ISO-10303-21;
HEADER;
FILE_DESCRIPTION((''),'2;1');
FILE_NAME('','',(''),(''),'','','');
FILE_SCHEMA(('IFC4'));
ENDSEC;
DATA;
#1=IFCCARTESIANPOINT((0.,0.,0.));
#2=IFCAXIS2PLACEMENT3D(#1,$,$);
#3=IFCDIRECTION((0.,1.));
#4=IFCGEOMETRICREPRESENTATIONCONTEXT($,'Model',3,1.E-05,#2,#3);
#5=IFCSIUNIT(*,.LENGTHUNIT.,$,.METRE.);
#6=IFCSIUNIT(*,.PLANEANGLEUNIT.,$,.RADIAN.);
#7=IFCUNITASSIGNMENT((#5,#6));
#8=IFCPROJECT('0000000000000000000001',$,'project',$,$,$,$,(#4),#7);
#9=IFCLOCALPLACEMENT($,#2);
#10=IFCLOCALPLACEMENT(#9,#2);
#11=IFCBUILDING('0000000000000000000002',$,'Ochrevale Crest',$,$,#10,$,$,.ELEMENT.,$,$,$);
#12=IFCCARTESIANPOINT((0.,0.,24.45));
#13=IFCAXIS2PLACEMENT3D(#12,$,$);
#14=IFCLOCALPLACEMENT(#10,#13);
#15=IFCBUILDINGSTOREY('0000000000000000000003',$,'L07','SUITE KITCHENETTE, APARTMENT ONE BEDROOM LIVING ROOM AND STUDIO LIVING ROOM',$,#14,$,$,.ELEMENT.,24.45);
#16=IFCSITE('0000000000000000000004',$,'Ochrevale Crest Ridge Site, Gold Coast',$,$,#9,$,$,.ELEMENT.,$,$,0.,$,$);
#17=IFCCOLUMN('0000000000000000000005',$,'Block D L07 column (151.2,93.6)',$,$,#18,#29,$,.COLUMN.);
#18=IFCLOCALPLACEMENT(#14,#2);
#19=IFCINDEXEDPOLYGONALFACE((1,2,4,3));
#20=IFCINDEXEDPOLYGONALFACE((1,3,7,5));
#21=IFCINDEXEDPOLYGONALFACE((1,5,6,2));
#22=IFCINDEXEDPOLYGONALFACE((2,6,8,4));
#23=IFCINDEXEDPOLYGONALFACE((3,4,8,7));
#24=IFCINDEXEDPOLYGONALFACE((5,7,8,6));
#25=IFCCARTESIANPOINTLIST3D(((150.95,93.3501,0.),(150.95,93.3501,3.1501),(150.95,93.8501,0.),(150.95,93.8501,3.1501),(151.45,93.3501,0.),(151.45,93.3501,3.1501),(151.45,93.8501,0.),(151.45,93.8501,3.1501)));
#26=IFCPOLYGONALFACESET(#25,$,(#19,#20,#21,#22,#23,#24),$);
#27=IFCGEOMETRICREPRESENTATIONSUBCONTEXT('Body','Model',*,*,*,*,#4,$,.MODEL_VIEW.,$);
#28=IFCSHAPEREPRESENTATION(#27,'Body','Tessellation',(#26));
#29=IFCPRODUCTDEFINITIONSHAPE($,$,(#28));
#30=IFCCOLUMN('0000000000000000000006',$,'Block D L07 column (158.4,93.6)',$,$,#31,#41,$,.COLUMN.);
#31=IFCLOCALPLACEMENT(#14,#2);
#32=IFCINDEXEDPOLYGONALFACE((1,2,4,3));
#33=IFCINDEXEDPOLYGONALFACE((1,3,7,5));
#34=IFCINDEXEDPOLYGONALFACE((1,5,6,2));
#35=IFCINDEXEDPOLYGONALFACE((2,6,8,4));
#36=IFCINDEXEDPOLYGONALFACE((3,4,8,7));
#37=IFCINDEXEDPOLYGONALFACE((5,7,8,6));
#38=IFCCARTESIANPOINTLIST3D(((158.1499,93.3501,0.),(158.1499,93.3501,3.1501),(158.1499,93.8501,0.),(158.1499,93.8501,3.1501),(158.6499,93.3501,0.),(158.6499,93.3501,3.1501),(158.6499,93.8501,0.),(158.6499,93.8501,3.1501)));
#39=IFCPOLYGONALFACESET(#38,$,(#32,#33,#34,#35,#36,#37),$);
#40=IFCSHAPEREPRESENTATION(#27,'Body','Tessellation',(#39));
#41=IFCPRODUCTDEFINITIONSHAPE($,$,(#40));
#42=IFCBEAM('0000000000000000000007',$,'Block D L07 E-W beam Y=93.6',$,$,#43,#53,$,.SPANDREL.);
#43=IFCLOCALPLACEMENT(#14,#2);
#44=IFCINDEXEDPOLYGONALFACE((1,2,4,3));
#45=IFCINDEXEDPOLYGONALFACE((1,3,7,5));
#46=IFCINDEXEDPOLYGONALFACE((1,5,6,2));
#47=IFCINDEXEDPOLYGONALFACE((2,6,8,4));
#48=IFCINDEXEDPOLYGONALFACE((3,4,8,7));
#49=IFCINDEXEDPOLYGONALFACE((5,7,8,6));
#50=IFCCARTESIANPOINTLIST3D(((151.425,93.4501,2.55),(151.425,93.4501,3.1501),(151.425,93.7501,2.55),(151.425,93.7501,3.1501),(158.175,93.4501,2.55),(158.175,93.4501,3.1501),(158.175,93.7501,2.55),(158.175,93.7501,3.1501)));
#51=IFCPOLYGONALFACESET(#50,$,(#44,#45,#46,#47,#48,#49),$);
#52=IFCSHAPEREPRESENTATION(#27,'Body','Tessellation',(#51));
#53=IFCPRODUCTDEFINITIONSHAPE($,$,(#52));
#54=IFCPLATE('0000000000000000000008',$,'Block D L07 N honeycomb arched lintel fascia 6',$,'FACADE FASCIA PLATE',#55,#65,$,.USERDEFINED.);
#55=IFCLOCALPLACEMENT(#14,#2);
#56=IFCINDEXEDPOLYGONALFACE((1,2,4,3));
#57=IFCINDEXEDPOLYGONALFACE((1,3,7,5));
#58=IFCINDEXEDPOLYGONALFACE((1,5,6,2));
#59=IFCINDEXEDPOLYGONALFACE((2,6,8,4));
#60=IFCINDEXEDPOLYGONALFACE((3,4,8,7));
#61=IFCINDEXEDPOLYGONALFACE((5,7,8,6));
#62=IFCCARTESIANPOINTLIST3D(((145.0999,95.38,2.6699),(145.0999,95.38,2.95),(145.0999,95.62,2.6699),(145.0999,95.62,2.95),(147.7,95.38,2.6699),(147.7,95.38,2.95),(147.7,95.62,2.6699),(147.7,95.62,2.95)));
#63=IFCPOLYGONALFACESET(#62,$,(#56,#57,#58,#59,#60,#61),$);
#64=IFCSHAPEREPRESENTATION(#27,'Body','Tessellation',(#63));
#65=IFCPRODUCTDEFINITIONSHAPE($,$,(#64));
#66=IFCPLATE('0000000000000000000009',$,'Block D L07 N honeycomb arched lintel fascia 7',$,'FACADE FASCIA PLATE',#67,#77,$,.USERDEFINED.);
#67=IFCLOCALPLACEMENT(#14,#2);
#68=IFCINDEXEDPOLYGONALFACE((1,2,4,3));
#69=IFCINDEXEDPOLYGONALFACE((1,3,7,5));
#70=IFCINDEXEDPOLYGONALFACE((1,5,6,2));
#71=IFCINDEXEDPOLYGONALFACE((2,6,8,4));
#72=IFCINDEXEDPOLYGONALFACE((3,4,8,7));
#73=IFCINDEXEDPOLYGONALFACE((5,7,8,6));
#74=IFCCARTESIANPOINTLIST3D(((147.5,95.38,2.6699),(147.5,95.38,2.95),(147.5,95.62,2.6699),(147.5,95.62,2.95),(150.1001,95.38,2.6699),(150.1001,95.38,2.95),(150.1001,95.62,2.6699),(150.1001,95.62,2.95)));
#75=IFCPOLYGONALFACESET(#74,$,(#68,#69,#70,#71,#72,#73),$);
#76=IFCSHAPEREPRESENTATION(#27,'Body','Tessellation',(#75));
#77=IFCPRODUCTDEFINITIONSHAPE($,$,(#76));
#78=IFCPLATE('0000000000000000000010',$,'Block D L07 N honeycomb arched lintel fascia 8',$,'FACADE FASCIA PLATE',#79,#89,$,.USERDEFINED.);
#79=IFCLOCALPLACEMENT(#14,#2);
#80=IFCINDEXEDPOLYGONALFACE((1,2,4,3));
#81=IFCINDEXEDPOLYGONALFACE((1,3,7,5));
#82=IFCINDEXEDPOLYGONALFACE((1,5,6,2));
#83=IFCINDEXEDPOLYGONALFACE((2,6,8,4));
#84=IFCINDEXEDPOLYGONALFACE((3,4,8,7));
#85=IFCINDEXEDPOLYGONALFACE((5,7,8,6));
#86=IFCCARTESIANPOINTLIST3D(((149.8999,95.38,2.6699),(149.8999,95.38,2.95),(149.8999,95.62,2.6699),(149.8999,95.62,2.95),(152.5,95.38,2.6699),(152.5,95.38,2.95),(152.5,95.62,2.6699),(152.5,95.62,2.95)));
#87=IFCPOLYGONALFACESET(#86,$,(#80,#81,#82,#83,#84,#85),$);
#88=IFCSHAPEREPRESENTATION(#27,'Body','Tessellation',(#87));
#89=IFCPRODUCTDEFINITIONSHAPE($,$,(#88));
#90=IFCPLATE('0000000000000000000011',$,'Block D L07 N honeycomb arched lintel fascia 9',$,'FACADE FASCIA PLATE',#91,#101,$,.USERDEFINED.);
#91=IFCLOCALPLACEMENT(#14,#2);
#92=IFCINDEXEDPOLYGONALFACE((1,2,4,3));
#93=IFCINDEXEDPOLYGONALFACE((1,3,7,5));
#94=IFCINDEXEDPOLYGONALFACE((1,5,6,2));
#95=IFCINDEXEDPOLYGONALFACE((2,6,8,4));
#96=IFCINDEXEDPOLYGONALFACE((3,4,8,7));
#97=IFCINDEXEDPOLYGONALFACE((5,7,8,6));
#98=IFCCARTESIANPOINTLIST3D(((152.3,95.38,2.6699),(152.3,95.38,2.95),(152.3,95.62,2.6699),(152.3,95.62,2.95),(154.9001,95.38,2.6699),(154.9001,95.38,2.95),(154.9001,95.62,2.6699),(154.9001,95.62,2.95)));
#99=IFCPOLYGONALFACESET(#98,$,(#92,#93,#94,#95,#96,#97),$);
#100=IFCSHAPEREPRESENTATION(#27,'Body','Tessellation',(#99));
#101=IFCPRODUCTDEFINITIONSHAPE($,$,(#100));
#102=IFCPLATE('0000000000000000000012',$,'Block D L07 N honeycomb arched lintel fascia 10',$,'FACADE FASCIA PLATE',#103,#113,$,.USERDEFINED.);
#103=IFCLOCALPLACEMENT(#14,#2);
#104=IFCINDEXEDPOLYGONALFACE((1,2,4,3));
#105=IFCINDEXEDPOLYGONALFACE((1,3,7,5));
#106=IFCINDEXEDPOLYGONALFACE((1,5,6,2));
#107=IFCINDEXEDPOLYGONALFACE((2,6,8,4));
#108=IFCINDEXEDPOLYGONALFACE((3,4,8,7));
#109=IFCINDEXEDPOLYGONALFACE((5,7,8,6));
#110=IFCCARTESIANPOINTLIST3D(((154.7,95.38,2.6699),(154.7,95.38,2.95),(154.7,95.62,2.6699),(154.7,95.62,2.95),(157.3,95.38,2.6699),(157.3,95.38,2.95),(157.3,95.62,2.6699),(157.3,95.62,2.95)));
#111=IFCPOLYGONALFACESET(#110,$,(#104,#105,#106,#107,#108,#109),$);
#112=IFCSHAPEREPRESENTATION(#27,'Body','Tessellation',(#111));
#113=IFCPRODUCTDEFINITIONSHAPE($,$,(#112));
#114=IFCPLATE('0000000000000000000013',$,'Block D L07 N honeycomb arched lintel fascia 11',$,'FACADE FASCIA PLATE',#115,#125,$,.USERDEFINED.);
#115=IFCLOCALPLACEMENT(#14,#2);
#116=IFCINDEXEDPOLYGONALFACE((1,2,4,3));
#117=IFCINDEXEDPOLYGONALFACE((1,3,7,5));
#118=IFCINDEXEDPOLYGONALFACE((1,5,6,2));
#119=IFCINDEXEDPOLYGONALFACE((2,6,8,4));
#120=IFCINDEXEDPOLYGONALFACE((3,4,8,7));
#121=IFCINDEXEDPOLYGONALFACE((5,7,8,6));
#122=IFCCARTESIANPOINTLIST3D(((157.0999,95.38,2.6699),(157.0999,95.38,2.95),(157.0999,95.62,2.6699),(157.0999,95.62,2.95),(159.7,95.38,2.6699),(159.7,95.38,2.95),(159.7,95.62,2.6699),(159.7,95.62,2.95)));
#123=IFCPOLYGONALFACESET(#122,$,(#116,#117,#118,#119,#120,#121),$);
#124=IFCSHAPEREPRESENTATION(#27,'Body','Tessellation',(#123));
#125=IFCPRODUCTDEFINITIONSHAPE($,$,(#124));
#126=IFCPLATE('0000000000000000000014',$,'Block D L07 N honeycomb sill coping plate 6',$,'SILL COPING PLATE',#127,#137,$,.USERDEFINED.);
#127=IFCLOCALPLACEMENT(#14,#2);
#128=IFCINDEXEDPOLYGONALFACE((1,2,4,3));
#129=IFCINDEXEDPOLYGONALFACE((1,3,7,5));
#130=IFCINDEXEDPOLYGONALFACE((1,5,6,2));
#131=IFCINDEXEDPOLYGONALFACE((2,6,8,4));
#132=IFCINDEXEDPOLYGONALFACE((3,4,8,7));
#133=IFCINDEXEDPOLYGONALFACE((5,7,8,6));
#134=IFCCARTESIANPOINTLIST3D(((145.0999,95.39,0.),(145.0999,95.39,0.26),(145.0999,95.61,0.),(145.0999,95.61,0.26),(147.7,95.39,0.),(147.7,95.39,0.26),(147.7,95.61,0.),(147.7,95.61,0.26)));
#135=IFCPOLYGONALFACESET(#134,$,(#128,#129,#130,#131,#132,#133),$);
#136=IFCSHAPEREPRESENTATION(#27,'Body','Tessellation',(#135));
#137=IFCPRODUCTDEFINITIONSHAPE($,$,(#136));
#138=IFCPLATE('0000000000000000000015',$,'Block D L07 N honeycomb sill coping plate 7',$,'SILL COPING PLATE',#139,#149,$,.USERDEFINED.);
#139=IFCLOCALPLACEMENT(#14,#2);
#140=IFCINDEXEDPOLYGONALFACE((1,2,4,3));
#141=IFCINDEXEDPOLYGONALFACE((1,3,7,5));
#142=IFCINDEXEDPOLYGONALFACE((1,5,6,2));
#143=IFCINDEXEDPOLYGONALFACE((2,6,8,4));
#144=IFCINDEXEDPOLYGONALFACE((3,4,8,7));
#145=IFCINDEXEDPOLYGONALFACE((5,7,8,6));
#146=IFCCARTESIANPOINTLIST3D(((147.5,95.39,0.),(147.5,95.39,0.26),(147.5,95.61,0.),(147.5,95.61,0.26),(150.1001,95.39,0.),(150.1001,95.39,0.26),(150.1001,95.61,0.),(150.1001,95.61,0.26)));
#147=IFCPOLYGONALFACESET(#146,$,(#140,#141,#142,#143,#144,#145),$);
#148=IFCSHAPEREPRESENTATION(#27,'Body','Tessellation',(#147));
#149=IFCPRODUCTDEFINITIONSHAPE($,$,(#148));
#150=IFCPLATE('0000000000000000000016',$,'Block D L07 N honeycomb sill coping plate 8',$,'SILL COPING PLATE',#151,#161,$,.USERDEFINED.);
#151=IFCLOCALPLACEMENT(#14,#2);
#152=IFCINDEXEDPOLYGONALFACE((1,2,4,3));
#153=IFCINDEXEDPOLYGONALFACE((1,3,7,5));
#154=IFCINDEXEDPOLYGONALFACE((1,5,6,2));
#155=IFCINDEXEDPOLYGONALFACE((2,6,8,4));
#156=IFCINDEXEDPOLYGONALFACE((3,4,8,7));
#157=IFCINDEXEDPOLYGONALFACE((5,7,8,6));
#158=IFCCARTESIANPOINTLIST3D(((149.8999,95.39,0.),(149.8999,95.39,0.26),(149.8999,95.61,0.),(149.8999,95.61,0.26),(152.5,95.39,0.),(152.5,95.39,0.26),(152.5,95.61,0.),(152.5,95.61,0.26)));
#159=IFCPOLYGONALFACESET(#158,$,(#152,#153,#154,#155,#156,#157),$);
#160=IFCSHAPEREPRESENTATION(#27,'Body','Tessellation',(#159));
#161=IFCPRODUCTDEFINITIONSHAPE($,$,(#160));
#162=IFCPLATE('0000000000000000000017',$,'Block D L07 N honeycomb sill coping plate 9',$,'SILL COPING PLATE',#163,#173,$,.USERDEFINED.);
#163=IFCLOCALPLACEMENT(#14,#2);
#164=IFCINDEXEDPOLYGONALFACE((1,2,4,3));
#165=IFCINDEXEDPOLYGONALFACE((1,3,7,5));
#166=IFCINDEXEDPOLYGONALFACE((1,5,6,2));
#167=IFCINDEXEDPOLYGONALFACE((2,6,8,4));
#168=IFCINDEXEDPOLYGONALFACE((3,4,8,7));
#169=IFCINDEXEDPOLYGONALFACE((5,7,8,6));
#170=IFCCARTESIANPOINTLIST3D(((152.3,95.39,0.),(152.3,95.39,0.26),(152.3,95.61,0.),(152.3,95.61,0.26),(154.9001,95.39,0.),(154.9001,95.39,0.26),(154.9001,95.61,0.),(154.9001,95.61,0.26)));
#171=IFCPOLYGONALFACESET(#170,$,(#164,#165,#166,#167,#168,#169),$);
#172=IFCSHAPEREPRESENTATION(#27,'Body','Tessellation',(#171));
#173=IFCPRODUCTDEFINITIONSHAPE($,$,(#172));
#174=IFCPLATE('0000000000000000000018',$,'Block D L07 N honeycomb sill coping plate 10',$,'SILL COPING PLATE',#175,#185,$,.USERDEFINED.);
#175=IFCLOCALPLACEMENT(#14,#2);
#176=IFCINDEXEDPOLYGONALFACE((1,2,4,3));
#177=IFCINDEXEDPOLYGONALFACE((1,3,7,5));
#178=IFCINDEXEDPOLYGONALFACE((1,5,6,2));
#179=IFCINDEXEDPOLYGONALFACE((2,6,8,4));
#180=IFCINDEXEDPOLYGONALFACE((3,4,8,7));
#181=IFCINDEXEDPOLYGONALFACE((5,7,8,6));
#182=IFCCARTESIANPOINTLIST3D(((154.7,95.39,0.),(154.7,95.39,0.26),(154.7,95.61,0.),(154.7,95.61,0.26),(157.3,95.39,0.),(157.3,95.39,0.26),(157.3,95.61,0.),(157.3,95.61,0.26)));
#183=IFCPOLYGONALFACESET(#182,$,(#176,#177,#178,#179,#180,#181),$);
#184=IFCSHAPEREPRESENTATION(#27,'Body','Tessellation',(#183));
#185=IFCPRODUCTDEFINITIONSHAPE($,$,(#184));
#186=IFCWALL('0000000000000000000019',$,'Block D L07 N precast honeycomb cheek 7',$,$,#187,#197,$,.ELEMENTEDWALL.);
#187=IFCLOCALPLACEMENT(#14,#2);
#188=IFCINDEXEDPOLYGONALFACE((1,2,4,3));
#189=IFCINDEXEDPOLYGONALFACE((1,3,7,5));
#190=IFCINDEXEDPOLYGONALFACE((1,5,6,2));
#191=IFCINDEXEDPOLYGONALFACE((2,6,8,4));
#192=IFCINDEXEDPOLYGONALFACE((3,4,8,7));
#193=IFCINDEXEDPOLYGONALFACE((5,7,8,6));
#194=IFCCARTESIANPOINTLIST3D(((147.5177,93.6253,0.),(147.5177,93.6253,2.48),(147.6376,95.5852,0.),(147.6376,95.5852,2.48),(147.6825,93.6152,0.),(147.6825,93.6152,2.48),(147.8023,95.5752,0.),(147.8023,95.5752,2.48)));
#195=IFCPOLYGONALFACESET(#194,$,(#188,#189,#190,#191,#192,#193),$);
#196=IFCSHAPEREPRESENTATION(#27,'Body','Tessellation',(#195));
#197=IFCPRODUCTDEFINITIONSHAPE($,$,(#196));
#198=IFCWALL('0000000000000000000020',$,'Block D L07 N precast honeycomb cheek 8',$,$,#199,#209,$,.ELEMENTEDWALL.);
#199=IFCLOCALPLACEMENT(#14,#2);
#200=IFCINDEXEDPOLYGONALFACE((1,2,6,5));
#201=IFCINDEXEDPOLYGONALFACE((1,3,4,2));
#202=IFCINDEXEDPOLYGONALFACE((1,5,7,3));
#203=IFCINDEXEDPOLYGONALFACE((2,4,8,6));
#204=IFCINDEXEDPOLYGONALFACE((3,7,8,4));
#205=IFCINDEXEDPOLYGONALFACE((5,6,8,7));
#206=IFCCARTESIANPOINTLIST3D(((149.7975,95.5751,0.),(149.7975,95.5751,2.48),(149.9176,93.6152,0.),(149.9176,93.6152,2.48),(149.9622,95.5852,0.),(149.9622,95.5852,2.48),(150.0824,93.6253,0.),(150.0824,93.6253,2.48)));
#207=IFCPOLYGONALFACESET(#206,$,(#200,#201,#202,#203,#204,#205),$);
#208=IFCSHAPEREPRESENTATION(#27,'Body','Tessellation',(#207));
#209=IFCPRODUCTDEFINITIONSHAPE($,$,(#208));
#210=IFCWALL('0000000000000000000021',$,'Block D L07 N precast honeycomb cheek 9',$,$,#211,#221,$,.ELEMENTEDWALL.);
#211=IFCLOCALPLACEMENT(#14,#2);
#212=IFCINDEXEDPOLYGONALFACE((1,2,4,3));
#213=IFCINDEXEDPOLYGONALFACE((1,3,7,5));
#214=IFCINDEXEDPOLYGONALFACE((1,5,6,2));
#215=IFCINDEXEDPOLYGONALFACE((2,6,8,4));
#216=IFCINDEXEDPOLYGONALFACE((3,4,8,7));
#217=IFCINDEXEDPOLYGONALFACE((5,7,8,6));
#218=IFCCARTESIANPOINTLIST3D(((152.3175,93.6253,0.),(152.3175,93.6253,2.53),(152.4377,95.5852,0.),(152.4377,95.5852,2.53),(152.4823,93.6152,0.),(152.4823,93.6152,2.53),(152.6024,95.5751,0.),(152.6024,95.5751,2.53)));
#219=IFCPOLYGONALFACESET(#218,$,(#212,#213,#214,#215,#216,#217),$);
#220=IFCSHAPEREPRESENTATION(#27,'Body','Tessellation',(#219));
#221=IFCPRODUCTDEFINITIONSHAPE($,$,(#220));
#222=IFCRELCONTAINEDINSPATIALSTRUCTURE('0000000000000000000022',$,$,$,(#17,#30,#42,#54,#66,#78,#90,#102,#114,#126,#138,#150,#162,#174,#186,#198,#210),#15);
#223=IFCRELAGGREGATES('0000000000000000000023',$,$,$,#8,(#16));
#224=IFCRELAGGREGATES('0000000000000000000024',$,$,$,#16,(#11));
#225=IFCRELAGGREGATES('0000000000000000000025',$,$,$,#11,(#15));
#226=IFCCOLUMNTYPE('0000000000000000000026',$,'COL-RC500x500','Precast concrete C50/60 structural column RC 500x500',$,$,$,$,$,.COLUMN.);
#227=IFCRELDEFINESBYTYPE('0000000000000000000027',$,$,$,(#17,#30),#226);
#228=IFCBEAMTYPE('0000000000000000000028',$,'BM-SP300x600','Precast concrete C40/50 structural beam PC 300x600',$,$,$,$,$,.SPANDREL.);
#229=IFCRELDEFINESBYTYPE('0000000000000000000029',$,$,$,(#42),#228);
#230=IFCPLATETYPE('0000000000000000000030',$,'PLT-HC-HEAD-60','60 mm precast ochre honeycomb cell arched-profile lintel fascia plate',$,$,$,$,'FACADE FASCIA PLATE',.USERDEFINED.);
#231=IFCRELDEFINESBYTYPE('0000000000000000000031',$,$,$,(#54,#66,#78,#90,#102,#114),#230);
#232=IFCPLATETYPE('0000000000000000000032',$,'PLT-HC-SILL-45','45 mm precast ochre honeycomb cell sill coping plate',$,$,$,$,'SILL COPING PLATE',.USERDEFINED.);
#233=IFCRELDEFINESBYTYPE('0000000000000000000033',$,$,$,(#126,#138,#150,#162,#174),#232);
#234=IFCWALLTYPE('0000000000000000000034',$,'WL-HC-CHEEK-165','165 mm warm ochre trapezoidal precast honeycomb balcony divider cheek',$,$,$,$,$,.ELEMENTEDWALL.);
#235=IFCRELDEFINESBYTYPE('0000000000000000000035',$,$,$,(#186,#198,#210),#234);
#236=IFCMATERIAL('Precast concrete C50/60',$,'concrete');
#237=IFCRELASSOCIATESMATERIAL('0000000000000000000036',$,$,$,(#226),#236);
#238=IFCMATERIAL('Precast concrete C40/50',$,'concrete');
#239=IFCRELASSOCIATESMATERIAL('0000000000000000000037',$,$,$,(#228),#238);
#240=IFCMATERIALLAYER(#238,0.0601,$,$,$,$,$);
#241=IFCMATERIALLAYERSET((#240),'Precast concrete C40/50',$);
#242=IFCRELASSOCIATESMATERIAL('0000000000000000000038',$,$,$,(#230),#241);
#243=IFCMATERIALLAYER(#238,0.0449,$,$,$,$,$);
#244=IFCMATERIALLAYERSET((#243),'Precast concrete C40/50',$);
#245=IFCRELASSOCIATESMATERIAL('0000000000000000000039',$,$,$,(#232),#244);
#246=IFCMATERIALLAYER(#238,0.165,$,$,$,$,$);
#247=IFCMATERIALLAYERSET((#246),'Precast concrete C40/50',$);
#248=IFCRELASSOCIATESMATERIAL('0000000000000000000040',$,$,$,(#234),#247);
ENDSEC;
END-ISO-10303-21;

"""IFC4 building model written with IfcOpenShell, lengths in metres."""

from ifc_helpers import new_model, si_unit, direction, frame, frame_2d, origin, origin_2d, place, context, subcontext, project, spatial, rectangle, extrude, material, layer, layer_set, material_profile, profile_set, type_object, element, save


model = new_model("IFC4")

# Units and contexts
model_context = context("Model", 3, precision=1e-05, world=origin(), true_north=direction((0.0, 1.0)))
body_context = subcontext(model_context, "Body", "Model", "MODEL_VIEW")
ifc_project = project(units=[si_unit("LENGTHUNIT", "METRE"), si_unit("PLANEANGLEUNIT", "RADIAN")], contexts=[model_context])

# Site, building, storey
site_placement = place(None, origin())
site = spatial("IfcSite", under=ifc_project, at=site_placement, Name="Ochrevale Crest Ridge Site, Gold Coast", CompositionType="ELEMENT", RefElevation=0.0)
building_placement = place(site_placement, origin())
building = spatial("IfcBuilding", under=site, at=building_placement, Name="Ochrevale Crest", CompositionType="ELEMENT")
storey_placement = place(building_placement, frame((0.0, 0.0, 24.45)))
storey = spatial("IfcBuildingStorey", under=building, at=storey_placement, Name="L07", Description="SUITE KITCHENETTE, APARTMENT ONE BEDROOM LIVING ROOM AND STUDIO LIVING ROOM", CompositionType="ELEMENT", Elevation=24.45)

# Columns
ifc_material_1 = material(Name="Precast concrete C50/60", Category="concrete")
ifc_material_profile_1 = material_profile(ifc_material_1, rectangle(XDim=0.5, YDim=0.5, at=origin_2d()), Name="RC 500x500")
ifc_profile_set_1 = profile_set([ifc_material_profile_1], Name="Precast concrete C50/60")
column_type = type_object("IfcColumnType", Name="COL-RC500x500", Description="Precast concrete C50/60 structural column RC 500x500", PredefinedType="COLUMN", material=ifc_profile_set_1)
for number, where, z_axis, x_axis, name in (
    (1, (151.2, 93.6001, 0.0), (0.0, 0.0, 1.0), (1.0, 0.0, 0.0), "Block D L07 column (151.2,93.6)"),
    (2, (158.3999, 93.6001, 0.0), (0.0, 0.0, 1.0), (1.0, 0.0, 0.0), "Block D L07 column (158.4,93.6)"),
):
    element("IfcColumn", number, at=place(storey_placement, frame(where, z_axis=z_axis, x_axis=x_axis)), inside=storey, type_object=column_type, Name=name, PredefinedType="COLUMN", context=body_context, shape_type="SweptSolid", body=[
        extrude(rectangle(XDim=0.5, YDim=0.5, at=origin_2d()), origin(), (0.0, 0.0, 1.0), 3.1501),
    ])

# Beam
ifc_material_2 = material(Name="Precast concrete C40/50", Category="concrete")
ifc_material_profile_2 = material_profile(ifc_material_2, rectangle(XDim=0.3, YDim=0.6001, at=origin_2d()), Name="PC 300x600")
ifc_profile_set_2 = profile_set([ifc_material_profile_2], Name="Precast concrete C40/50")
beam_type = type_object("IfcBeamType", Name="BM-SP300x600", Description="Precast concrete C40/50 structural beam PC 300x600", PredefinedType="SPANDREL", material=ifc_profile_set_2)
beam_placement = place(storey_placement, frame((151.425, 93.6001, 2.8501), z_axis=(1.0, 0.0, 0.0), x_axis=(0.0, 1.0, 0.0)))
element("IfcBeam", 3, at=beam_placement, inside=storey, type_object=beam_type, Name="Block D L07 E-W beam Y=93.6", PredefinedType="SPANDREL", context=body_context, shape_type="SweptSolid", body=[
    extrude(rectangle(XDim=0.3, YDim=0.6001, at=origin_2d()), origin(), (0.0, 0.0, 1.0), 6.75),
])

# Plates
ifc_layer_1 = layer(ifc_material_2, 0.0601)
ifc_layer_set_1 = layer_set([ifc_layer_1], Name="Precast concrete C40/50")
plate_type_1 = type_object("IfcPlateType", Name="PLT-HC-HEAD-60", Description="60 mm precast ochre honeycomb cell arched-profile lintel fascia plate", ElementType="FACADE FASCIA PLATE", PredefinedType="USERDEFINED", material=ifc_layer_set_1)
for number, where, z_axis, x_axis, name in (
    (4, (146.3999, 95.5, 2.6699), (0.0, 0.0, 1.0), (1.0, 0.0, 0.0), "Block D L07 N honeycomb arched lintel fascia 6"),
    (5, (148.8, 95.5, 2.6699), (0.0, 0.0, 1.0), (1.0, 0.0, 0.0), "Block D L07 N honeycomb arched lintel fascia 7"),
    (6, (151.2, 95.5, 2.6699), (0.0, 0.0, 1.0), (1.0, 0.0, 0.0), "Block D L07 N honeycomb arched lintel fascia 8"),
    (7, (153.6001, 95.5, 2.6699), (0.0, 0.0, 1.0), (1.0, 0.0, 0.0), "Block D L07 N honeycomb arched lintel fascia 9"),
    (8, (156.0, 95.5, 2.6699), (0.0, 0.0, 1.0), (1.0, 0.0, 0.0), "Block D L07 N honeycomb arched lintel fascia 10"),
    (9, (158.3999, 95.5, 2.6699), (0.0, 0.0, 1.0), (1.0, 0.0, 0.0), "Block D L07 N honeycomb arched lintel fascia 11"),
):
    element("IfcPlate", number, at=place(storey_placement, frame(where, z_axis=z_axis, x_axis=x_axis)), inside=storey, type_object=plate_type_1, Name=name, ObjectType="FACADE FASCIA PLATE", PredefinedType="USERDEFINED", context=body_context, shape_type="SweptSolid", body=[
        extrude(rectangle(XDim=2.6001, YDim=0.24, at=origin_2d()), origin(), (0.0, 0.0, 1.0), 0.28),
    ])
ifc_layer_2 = layer(ifc_material_2, 0.0449)
ifc_layer_set_2 = layer_set([ifc_layer_2], Name="Precast concrete C40/50")
plate_type_2 = type_object("IfcPlateType", Name="PLT-HC-SILL-45", Description="45 mm precast ochre honeycomb cell sill coping plate", ElementType="SILL COPING PLATE", PredefinedType="USERDEFINED", material=ifc_layer_set_2)
for number, where, z_axis, x_axis, name in (
    (10, (146.3999, 95.5, 0.0), (0.0, 0.0, 1.0), (1.0, 0.0, 0.0), "Block D L07 N honeycomb sill coping plate 6"),
    (11, (148.8, 95.5, 0.0), (0.0, 0.0, 1.0), (1.0, 0.0, 0.0), "Block D L07 N honeycomb sill coping plate 7"),
    (12, (151.2, 95.5, 0.0), (0.0, 0.0, 1.0), (1.0, 0.0, 0.0), "Block D L07 N honeycomb sill coping plate 8"),
    (13, (153.6001, 95.5, 0.0), (0.0, 0.0, 1.0), (1.0, 0.0, 0.0), "Block D L07 N honeycomb sill coping plate 9"),
    (14, (156.0, 95.5, 0.0), (0.0, 0.0, 1.0), (1.0, 0.0, 0.0), "Block D L07 N honeycomb sill coping plate 10"),
):
    element("IfcPlate", number, at=place(storey_placement, frame(where, z_axis=z_axis, x_axis=x_axis)), inside=storey, type_object=plate_type_2, Name=name, ObjectType="SILL COPING PLATE", PredefinedType="USERDEFINED", context=body_context, shape_type="SweptSolid", body=[
        extrude(rectangle(XDim=2.6001, YDim=0.22, at=origin_2d()), origin(), (0.0, 0.0, 1.0), 0.26),
    ])

# Walls
ifc_layer_3 = layer(ifc_material_2, 0.165)
ifc_layer_set_3 = layer_set([ifc_layer_3], Name="Precast concrete C40/50")
wall_type_1 = type_object("IfcWallType", Name="WL-HC-CHEEK-165", Description="165 mm warm ochre trapezoidal precast honeycomb balcony divider cheek", PredefinedType="ELEMENTEDWALL", material=ifc_layer_set_3)
for number, where, z_axis, x_axis, name in (
    (15, (147.6001, 93.6201, 0.0), (0.0, 0.0, 1.0), (0.061047, 0.998135, 0.0), "Block D L07 N precast honeycomb cheek 7"),
    (16, (150.0, 93.6201, 0.0), (0.0, 0.0, 1.0), (-0.061171, 0.998127, 0.0), "Block D L07 N precast honeycomb cheek 8"),
):
    element("IfcWall", number, at=place(storey_placement, frame(where, z_axis=z_axis, x_axis=x_axis)), inside=storey, type_object=wall_type_1, Name=name, PredefinedType="ELEMENTEDWALL", context=body_context, shape_type="SweptSolid", body=[
        extrude(rectangle(XDim=1.9636, YDim=0.165, at=frame_2d((0.9819, 0.0))), origin(), (0.0, 0.0, 1.0), 2.48),
    ])
for number, where, z_axis, x_axis, name in (
    (17, (152.3999, 93.6201, 0.0), (0.0, 0.0, 1.0), (0.061171, 0.998127, 0.0), "Block D L07 N precast honeycomb cheek 9"),
):
    element("IfcWall", number, at=place(storey_placement, frame(where, z_axis=z_axis, x_axis=x_axis)), inside=storey, type_object=wall_type_1, Name=name, PredefinedType="ELEMENTEDWALL", context=body_context, shape_type="SweptSolid", body=[
        extrude(rectangle(XDim=1.9636, YDim=0.165, at=frame_2d((0.9819, 0.0))), origin(), (0.0, 0.0, 1.0), 2.53),
    ])

save(model, "model.ifc")
